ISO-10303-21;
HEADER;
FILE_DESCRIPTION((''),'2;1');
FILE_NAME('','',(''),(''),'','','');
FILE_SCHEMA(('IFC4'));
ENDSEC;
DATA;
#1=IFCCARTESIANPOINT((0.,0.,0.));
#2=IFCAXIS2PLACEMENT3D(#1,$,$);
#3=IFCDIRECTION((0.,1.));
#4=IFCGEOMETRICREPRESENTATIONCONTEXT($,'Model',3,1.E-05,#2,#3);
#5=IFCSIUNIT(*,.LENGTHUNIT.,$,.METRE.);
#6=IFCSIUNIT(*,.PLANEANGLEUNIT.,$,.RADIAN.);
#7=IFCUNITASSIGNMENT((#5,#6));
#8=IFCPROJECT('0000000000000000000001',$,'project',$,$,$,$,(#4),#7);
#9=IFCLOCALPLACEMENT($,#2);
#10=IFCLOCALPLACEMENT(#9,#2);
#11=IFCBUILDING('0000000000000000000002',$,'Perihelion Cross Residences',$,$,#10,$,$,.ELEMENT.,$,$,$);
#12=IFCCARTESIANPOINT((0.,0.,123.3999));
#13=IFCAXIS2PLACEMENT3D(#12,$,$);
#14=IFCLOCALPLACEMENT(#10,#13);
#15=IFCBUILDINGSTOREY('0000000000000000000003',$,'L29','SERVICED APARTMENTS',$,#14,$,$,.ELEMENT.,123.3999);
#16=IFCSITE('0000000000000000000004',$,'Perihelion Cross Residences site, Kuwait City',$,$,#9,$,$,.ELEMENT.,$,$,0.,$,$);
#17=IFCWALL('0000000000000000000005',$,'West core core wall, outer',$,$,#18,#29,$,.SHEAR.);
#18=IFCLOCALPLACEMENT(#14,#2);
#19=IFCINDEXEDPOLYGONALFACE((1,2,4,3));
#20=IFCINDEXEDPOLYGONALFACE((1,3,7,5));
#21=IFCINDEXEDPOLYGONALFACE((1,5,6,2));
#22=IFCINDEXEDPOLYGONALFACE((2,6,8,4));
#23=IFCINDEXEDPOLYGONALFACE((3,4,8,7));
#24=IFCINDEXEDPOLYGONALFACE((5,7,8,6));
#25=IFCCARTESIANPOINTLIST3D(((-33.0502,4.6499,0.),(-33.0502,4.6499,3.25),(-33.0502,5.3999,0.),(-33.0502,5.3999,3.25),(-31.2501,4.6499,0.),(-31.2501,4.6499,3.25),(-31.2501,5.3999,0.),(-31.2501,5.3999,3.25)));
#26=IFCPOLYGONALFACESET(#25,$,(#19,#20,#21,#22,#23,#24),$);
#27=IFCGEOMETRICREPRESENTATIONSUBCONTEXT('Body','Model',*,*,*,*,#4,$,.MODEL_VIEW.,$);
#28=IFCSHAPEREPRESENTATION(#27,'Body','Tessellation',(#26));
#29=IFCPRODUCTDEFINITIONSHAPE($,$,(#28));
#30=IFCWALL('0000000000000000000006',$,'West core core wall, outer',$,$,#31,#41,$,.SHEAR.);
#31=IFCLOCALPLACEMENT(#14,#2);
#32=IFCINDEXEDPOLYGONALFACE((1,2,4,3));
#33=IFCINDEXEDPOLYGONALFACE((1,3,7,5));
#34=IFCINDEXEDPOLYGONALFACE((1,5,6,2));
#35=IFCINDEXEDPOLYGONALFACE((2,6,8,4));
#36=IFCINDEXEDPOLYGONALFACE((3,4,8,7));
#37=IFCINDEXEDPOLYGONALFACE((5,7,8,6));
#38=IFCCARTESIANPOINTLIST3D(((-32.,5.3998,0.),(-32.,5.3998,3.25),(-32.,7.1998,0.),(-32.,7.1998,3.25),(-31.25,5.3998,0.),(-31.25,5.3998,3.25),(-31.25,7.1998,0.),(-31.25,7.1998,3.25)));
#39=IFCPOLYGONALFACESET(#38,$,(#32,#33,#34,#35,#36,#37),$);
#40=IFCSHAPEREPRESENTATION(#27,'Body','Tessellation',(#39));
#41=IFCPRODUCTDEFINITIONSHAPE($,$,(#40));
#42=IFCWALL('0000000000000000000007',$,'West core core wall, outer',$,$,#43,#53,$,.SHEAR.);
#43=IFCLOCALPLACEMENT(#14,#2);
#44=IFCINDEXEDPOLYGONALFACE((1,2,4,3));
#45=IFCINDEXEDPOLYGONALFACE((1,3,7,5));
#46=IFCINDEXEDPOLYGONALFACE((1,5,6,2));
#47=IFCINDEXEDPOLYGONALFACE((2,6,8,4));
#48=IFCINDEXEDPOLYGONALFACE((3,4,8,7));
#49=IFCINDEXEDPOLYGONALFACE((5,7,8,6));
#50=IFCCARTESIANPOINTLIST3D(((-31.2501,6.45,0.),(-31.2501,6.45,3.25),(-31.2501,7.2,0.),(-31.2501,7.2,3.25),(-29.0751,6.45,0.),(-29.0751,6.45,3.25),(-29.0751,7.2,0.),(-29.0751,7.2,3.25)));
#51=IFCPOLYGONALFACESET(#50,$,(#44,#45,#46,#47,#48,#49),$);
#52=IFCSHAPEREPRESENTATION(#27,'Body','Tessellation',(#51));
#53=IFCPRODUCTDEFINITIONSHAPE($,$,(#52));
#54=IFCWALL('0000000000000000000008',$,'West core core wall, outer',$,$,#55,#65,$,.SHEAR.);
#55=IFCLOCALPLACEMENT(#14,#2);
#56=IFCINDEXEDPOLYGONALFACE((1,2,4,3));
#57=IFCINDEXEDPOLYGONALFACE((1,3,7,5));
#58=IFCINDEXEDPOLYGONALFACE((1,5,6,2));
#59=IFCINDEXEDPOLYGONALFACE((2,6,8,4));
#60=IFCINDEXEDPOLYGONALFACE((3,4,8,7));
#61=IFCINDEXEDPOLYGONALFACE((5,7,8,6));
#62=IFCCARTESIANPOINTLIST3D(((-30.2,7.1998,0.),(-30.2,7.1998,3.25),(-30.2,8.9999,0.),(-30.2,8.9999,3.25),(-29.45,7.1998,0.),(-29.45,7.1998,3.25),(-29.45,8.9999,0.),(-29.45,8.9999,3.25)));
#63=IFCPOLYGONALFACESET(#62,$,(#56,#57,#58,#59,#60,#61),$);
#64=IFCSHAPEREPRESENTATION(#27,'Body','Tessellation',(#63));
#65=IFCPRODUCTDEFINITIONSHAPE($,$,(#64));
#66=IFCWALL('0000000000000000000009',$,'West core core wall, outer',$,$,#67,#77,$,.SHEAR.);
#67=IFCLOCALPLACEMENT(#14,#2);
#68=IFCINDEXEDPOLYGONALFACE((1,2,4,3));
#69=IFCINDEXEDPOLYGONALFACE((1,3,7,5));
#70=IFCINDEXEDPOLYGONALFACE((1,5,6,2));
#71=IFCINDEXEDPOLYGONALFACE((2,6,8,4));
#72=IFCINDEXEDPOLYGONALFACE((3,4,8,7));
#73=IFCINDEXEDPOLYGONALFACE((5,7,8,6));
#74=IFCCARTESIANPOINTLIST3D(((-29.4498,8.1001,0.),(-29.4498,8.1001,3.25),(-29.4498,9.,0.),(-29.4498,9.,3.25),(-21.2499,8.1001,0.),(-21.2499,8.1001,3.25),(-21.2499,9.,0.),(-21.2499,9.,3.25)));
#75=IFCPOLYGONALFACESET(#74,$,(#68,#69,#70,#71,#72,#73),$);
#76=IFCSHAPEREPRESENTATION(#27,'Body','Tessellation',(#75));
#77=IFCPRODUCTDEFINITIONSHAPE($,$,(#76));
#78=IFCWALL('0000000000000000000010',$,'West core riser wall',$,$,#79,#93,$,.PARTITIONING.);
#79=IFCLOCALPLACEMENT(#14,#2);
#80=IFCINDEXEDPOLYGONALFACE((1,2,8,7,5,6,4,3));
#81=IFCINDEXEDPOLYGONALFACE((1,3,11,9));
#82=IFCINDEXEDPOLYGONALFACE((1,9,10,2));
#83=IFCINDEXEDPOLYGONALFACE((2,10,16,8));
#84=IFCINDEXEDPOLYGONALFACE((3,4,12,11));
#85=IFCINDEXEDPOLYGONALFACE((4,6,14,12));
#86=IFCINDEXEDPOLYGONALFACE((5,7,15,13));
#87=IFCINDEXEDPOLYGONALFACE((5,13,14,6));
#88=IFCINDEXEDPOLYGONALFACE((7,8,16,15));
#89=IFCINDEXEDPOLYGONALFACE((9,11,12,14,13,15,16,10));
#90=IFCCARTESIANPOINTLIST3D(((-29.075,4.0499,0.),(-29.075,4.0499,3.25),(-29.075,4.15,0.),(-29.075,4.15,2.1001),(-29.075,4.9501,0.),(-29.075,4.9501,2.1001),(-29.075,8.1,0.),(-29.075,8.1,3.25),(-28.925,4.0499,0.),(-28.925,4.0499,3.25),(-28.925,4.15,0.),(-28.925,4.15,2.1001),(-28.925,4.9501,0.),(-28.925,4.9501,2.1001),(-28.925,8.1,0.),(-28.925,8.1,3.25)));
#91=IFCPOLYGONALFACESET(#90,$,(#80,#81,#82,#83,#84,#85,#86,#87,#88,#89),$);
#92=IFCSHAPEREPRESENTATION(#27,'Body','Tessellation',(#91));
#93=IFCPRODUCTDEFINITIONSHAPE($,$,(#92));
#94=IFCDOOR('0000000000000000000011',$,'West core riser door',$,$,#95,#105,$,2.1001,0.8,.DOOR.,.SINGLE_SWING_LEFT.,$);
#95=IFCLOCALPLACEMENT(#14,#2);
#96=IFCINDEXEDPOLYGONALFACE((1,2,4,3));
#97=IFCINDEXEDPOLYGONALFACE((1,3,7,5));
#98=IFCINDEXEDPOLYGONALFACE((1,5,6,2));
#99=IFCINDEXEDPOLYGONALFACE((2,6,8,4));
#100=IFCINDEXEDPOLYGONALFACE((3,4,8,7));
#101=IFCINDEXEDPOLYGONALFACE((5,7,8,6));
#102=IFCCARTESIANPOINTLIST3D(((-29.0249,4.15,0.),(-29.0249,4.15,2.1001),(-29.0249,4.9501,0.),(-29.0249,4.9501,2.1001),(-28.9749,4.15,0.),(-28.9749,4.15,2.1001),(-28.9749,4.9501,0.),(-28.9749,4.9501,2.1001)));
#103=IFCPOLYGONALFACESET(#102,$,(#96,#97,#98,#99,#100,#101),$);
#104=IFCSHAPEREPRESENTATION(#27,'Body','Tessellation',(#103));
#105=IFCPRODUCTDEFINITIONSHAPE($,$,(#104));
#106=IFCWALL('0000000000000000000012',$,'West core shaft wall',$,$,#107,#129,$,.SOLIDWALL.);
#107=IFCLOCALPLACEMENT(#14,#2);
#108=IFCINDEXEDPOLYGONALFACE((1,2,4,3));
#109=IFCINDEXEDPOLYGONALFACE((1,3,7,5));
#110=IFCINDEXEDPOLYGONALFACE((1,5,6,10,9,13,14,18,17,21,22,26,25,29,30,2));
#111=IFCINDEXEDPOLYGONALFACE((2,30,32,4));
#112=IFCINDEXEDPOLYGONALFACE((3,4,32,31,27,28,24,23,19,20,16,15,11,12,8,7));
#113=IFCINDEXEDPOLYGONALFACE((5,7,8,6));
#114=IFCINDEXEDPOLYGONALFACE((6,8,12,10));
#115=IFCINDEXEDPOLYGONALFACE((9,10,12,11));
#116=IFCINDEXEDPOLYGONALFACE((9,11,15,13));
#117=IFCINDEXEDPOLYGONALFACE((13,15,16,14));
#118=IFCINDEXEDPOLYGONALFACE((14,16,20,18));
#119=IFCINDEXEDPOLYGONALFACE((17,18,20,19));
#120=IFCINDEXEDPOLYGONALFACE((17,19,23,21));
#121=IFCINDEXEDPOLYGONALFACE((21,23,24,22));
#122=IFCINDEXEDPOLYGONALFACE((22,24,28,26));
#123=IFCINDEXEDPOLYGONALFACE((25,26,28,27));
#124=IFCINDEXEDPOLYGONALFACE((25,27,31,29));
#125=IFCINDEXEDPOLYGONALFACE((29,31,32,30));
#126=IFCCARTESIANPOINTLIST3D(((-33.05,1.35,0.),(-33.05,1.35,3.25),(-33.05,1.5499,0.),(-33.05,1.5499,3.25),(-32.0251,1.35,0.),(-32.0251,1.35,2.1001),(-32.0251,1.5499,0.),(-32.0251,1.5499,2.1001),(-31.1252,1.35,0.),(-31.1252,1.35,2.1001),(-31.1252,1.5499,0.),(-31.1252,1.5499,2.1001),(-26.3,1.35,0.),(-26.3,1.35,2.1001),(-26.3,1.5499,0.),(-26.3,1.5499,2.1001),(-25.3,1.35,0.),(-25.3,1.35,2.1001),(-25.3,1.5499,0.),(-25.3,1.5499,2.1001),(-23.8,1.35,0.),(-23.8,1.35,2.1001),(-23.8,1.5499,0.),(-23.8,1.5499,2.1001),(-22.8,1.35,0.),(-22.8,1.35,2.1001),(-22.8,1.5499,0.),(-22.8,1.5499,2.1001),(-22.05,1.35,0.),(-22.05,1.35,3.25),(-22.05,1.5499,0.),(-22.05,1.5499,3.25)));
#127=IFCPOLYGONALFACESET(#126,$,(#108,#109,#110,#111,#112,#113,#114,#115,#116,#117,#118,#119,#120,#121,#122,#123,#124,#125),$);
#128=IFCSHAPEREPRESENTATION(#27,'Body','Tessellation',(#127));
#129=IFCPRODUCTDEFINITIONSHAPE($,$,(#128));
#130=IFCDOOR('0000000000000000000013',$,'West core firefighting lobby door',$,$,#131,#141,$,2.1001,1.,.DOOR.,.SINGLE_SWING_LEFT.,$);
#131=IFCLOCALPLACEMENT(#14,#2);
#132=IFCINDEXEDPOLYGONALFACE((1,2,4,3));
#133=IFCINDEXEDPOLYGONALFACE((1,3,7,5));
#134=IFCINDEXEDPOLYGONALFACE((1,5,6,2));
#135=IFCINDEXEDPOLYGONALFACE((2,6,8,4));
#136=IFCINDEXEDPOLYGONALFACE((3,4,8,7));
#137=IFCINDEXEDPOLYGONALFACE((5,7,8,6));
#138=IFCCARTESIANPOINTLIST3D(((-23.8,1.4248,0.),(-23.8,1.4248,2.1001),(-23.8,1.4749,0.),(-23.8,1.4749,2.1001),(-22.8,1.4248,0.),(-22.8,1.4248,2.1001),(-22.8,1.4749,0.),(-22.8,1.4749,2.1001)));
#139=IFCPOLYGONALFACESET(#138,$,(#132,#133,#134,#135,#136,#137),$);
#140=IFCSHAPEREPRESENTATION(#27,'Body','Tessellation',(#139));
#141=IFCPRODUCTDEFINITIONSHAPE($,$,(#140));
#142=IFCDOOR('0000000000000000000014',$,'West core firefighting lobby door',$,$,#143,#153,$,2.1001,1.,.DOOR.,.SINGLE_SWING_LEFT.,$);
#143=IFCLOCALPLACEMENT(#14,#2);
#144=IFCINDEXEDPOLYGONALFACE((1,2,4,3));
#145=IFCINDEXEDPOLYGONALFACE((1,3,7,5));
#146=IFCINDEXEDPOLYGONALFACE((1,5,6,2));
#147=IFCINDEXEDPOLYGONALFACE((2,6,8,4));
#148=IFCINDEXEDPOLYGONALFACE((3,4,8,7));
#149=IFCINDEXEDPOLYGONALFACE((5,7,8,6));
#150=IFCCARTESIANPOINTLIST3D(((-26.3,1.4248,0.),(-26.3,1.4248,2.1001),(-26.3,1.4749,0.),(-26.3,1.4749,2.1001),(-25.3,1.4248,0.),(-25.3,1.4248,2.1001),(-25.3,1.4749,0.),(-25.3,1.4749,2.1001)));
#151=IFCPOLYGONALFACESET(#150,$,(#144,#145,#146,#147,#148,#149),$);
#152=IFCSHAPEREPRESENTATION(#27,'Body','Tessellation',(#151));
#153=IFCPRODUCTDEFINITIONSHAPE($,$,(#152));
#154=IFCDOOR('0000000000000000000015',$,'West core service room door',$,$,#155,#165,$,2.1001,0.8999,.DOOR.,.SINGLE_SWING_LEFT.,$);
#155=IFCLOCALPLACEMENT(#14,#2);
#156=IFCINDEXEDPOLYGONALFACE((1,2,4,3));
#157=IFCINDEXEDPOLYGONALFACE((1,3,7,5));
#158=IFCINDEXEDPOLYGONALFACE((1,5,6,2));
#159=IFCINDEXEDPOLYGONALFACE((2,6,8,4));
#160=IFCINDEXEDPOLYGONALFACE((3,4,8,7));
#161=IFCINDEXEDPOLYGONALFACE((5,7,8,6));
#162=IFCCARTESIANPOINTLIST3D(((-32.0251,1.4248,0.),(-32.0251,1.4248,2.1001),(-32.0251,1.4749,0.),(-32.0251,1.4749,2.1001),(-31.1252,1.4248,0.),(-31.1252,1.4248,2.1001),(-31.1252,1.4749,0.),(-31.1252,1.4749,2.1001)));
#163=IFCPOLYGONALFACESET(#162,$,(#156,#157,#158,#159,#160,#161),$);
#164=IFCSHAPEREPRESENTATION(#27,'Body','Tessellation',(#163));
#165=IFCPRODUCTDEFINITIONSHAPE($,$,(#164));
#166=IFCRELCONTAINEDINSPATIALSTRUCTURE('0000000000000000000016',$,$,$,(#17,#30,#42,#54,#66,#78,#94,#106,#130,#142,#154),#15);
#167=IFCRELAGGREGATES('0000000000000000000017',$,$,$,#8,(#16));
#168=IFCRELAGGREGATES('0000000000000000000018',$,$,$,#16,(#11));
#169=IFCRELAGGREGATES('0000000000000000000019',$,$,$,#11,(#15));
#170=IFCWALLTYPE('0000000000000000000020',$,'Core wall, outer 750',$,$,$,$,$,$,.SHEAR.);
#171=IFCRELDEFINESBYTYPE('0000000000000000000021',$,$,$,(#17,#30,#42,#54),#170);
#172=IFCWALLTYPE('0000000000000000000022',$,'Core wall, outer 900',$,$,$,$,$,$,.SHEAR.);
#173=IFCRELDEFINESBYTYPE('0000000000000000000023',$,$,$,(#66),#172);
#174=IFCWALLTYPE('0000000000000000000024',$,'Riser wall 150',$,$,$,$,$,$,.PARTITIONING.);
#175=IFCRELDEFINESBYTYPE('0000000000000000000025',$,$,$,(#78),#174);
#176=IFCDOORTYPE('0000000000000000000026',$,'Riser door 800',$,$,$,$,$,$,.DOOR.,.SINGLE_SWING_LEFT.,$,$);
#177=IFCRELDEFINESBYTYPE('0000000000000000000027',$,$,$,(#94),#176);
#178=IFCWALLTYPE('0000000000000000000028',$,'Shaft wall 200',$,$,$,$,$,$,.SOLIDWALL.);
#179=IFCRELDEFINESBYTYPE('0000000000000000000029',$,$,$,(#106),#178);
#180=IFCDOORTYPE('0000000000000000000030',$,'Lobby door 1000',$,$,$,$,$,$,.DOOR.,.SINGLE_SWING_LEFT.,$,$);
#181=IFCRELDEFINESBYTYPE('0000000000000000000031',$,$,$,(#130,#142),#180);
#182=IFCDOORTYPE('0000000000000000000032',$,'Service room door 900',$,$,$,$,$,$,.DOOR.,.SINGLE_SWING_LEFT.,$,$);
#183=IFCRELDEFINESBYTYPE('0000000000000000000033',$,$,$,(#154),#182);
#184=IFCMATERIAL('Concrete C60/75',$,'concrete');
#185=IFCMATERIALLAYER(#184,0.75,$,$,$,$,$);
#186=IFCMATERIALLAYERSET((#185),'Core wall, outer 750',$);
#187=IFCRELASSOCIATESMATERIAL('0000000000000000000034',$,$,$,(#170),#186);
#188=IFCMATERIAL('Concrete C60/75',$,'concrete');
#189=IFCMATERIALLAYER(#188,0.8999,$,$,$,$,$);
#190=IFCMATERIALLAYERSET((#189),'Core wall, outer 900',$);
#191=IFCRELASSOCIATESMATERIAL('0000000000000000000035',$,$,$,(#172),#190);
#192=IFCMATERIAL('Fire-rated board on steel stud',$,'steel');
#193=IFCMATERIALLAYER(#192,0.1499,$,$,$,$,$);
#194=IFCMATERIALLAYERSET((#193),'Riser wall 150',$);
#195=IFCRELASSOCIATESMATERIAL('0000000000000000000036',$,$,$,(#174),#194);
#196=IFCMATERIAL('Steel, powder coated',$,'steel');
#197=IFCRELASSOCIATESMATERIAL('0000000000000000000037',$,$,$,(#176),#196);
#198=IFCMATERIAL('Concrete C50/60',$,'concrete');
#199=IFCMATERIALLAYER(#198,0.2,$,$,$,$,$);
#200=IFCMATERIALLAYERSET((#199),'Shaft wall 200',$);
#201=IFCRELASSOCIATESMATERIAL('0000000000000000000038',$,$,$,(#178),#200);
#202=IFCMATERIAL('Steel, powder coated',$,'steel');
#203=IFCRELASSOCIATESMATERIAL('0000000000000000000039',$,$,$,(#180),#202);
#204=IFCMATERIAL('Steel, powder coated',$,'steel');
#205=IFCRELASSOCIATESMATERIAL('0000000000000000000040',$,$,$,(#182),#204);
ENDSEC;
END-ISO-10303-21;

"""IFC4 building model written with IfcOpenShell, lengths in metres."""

from ifc_helpers import new_model, si_unit, direction, frame, frame_2d, origin, place, context, subcontext, project, spatial, rectangle, extrude, material, layer, layer_set, type_object, element, fill, save


model = new_model("IFC4")

# Units and contexts
model_context = context("Model", 3, precision=1e-05, world=origin(), true_north=direction((0.0, 1.0)))
body_context = subcontext(model_context, "Body", "Model", "MODEL_VIEW")
ifc_project = project(units=[si_unit("LENGTHUNIT", "METRE"), si_unit("PLANEANGLEUNIT", "RADIAN")], contexts=[model_context])

# Site, building, storey
site_placement = place(None, origin())
site = spatial("IfcSite", under=ifc_project, at=site_placement, Name="Perihelion Cross Residences site, Kuwait City", CompositionType="ELEMENT", RefElevation=0.0)
building_placement = place(site_placement, origin())
building = spatial("IfcBuilding", under=site, at=building_placement, Name="Perihelion Cross Residences", CompositionType="ELEMENT")
storey_placement = place(building_placement, frame((0.0, 0.0, 123.3999)))
storey = spatial("IfcBuildingStorey", under=building, at=storey_placement, Name="L29", Description="SERVICED APARTMENTS", CompositionType="ELEMENT", Elevation=123.3999)

# Walls
ifc_material_1 = material(Name="Concrete C60/75", Category="concrete")
ifc_layer_1 = layer(ifc_material_1, 0.75)
ifc_layer_set_1 = layer_set([ifc_layer_1], Name="Core wall, outer 750")
wall_type_1 = type_object("IfcWallType", Name="Core wall, outer 750", PredefinedType="SHEAR", material=ifc_layer_set_1)
for number, where, z_axis, x_axis, name in (
    (1, (-33.05, 5.0249, 0.0), (0.0, 0.0, 1.0), (1.0, 0.0, 0.0), "West core core wall, outer"),
    (2, (-31.625, 5.3999, 0.0), (0.0, 0.0, 1.0), (0.0, 1.0, 0.0), "West core core wall, outer"),
):
    element("IfcWall", number, at=place(storey_placement, frame(where, z_axis=z_axis, x_axis=x_axis)), inside=storey, type_object=wall_type_1, Name=name, PredefinedType="SHEAR", context=body_context, shape_type="SweptSolid", body=[
        extrude(rectangle(XDim=1.8, YDim=0.75, at=frame_2d((0.8999, 0.0))), origin(), (0.0, 0.0, 1.0), 3.25),
    ])
wall_1_placement = place(storey_placement, frame((-31.25, 6.825, 0.0), z_axis=(0.0, 0.0, 1.0), x_axis=(1.0, 0.0, 0.0)))
element("IfcWall", 3, at=wall_1_placement, inside=storey, type_object=wall_type_1, Name="West core core wall, outer", PredefinedType="SHEAR", context=body_context, shape_type="SweptSolid", body=[
    extrude(rectangle(XDim=2.175, YDim=0.75, at=frame_2d((1.0874, 0.0))), origin(), (0.0, 0.0, 1.0), 3.25),
])
wall_2_placement = place(storey_placement, frame((-29.825, 7.2, 0.0), z_axis=(0.0, 0.0, 1.0), x_axis=(0.0, 1.0, 0.0)))
element("IfcWall", 4, at=wall_2_placement, inside=storey, type_object=wall_type_1, Name="West core core wall, outer", PredefinedType="SHEAR", context=body_context, shape_type="SweptSolid", body=[
    extrude(rectangle(XDim=1.8, YDim=0.75, at=frame_2d((0.8999, 0.0))), origin(), (0.0, 0.0, 1.0), 3.25),
])
ifc_material_2 = material(Name="Concrete C60/75", Category="concrete")
ifc_layer_2 = layer(ifc_material_2, 0.8999)
ifc_layer_set_2 = layer_set([ifc_layer_2], Name="Core wall, outer 900")
wall_type_2 = type_object("IfcWallType", Name="Core wall, outer 900", PredefinedType="SHEAR", material=ifc_layer_set_2)
wall_3_placement = place(storey_placement, frame((-29.45, 8.55, 0.0), z_axis=(0.0, 0.0, 1.0), x_axis=(1.0, 0.0, 0.0)))
element("IfcWall", 5, at=wall_3_placement, inside=storey, type_object=wall_type_2, Name="West core core wall, outer", PredefinedType="SHEAR", context=body_context, shape_type="SweptSolid", body=[
    extrude(rectangle(XDim=8.2, YDim=0.8999, at=frame_2d((4.1001, 0.0))), origin(), (0.0, 0.0, 1.0), 3.25),
])

# Wall, opening, door
ifc_material_3 = material(Name="Fire-rated board on steel stud", Category="steel")
ifc_layer_3 = layer(ifc_material_3, 0.1499)
ifc_layer_set_3 = layer_set([ifc_layer_3], Name="Riser wall 150")
wall_type_3 = type_object("IfcWallType", Name="Riser wall 150", PredefinedType="PARTITIONING", material=ifc_layer_set_3)
wall_4_placement = place(storey_placement, frame((-29.0, 4.05, 0.0), z_axis=(0.0, 0.0, 1.0), x_axis=(0.0, 1.0, 0.0)))
wall_4 = element("IfcWall", 6, at=wall_4_placement, inside=storey, type_object=wall_type_3, Name="West core riser wall", PredefinedType="PARTITIONING", context=body_context, shape_type="SweptSolid", body=[
    extrude(rectangle(XDim=4.05, YDim=0.1499, at=frame_2d((2.0249, 0.0))), origin(), (0.0, 0.0, 1.0), 3.25),
])
opening_1_placement = place(wall_4_placement, frame((0.1001, 0.0, 0.0)))
opening_1 = element("IfcOpeningElement", 7, at=opening_1_placement, cuts=wall_4, PredefinedType="OPENING", context=body_context, shape_type="SweptSolid", body=[
    extrude(rectangle(XDim=0.8, YDim=2.1001, at=frame_2d((0.3999, 1.05))), frame((0.0, 0.085, 0.0), z_axis=(0.0, -1.0, 0.0), x_axis=(1.0, 0.0, 0.0)), (0.0, 0.0, 1.0), 0.1699),
])
ifc_material_4 = material(Name="Steel, powder coated", Category="steel")
door_type_1 = type_object("IfcDoorType", Name="Riser door 800", OperationType="SINGLE_SWING_LEFT", PredefinedType="DOOR", material=ifc_material_4)
door_1_placement = place(opening_1_placement, origin())
door_1 = element("IfcDoor", 8, at=door_1_placement, inside=storey, type_object=door_type_1, Name="West core riser door", OperationType="SINGLE_SWING_LEFT", OverallHeight=2.1001, OverallWidth=0.8, PredefinedType="DOOR", context=body_context, shape_type="SweptSolid", body=[
    extrude(rectangle(XDim=0.8, YDim=2.1001, at=frame_2d((0.3999, 1.05))), frame((0.0, 0.0249, 0.0), z_axis=(0.0, -1.0, 0.0), x_axis=(1.0, 0.0, 0.0)), (0.0, 0.0, 1.0), 0.05),
])
fill(opening_1, door_1)

# Wall, openings, doors
ifc_material_5 = material(Name="Concrete C50/60", Category="concrete")
ifc_layer_4 = layer(ifc_material_5, 0.2)
ifc_layer_set_4 = layer_set([ifc_layer_4], Name="Shaft wall 200")
wall_type_4 = type_object("IfcWallType", Name="Shaft wall 200", PredefinedType="SOLIDWALL", material=ifc_layer_set_4)
wall_5_placement = place(storey_placement, frame((-33.05, 1.45, 0.0), z_axis=(0.0, 0.0, 1.0), x_axis=(1.0, 0.0, 0.0)))
wall_5 = element("IfcWall", 9, at=wall_5_placement, inside=storey, type_object=wall_type_4, Name="West core shaft wall", PredefinedType="SOLIDWALL", context=body_context, shape_type="SweptSolid", body=[
    extrude(rectangle(XDim=11.0, YDim=0.2, at=frame_2d((5.5, 0.0))), origin(), (0.0, 0.0, 1.0), 3.25),
])
opening_2_placement = place(wall_5_placement, frame((9.25, 0.0, 0.0)))
opening_2 = element("IfcOpeningElement", 10, at=opening_2_placement, cuts=wall_5, PredefinedType="OPENING", context=body_context, shape_type="SweptSolid", body=[
    extrude(rectangle(XDim=1.0, YDim=2.1001, at=frame_2d((0.5, 1.05))), frame((0.0, 0.1099, 0.0), z_axis=(0.0, -1.0, 0.0), x_axis=(1.0, 0.0, 0.0)), (0.0, 0.0, 1.0), 0.22),
])
opening_3_placement = place(wall_5_placement, frame((6.75, 0.0, 0.0)))
opening_3 = element("IfcOpeningElement", 11, at=opening_3_placement, cuts=wall_5, PredefinedType="OPENING", context=body_context, shape_type="SweptSolid", body=[
    extrude(rectangle(XDim=1.0, YDim=2.1001, at=frame_2d((0.5, 1.05))), frame((0.0, 0.1099, 0.0), z_axis=(0.0, -1.0, 0.0), x_axis=(1.0, 0.0, 0.0)), (0.0, 0.0, 1.0), 0.22),
])
opening_4_placement = place(wall_5_placement, frame((1.0249, 0.0, 0.0)))
opening_4 = element("IfcOpeningElement", 12, at=opening_4_placement, cuts=wall_5, PredefinedType="OPENING", context=body_context, shape_type="SweptSolid", body=[
    extrude(rectangle(XDim=0.8999, YDim=2.1001, at=frame_2d((0.45, 1.05))), frame((0.0, 0.1099, 0.0), z_axis=(0.0, -1.0, 0.0), x_axis=(1.0, 0.0, 0.0)), (0.0, 0.0, 1.0), 0.22),
])
ifc_material_6 = material(Name="Steel, powder coated", Category="steel")
door_type_2 = type_object("IfcDoorType", Name="Lobby door 1000", OperationType="SINGLE_SWING_LEFT", PredefinedType="DOOR", material=ifc_material_6)
door_2_placement = place(opening_2_placement, origin())
door_2 = element("IfcDoor", 13, at=door_2_placement, inside=storey, type_object=door_type_2, Name="West core firefighting lobby door", OperationType="SINGLE_SWING_LEFT", OverallHeight=2.1001, OverallWidth=1.0, PredefinedType="DOOR", context=body_context, shape_type="SweptSolid", body=[
    extrude(rectangle(XDim=1.0, YDim=2.1001, at=frame_2d((0.5, 1.05))), frame((0.0, 0.0249, 0.0), z_axis=(0.0, -1.0, 0.0), x_axis=(1.0, 0.0, 0.0)), (0.0, 0.0, 1.0), 0.05),
])
fill(opening_2, door_2)
door_3_placement = place(opening_3_placement, origin())
door_3 = element("IfcDoor", 14, at=door_3_placement, inside=storey, type_object=door_type_2, Name="West core firefighting lobby door", OperationType="SINGLE_SWING_LEFT", OverallHeight=2.1001, OverallWidth=1.0, PredefinedType="DOOR", context=body_context, shape_type="SweptSolid", body=[
    extrude(rectangle(XDim=1.0, YDim=2.1001, at=frame_2d((0.5, 1.05))), frame((0.0, 0.0249, 0.0), z_axis=(0.0, -1.0, 0.0), x_axis=(1.0, 0.0, 0.0)), (0.0, 0.0, 1.0), 0.05),
])
fill(opening_3, door_3)
ifc_material_7 = material(Name="Steel, powder coated", Category="steel")
door_type_3 = type_object("IfcDoorType", Name="Service room door 900", OperationType="SINGLE_SWING_LEFT", PredefinedType="DOOR", material=ifc_material_7)
door_4_placement = place(opening_4_placement, origin())
door_4 = element("IfcDoor", 15, at=door_4_placement, inside=storey, type_object=door_type_3, Name="West core service room door", OperationType="SINGLE_SWING_LEFT", OverallHeight=2.1001, OverallWidth=0.8999, PredefinedType="DOOR", context=body_context, shape_type="SweptSolid", body=[
    extrude(rectangle(XDim=0.8999, YDim=2.1001, at=frame_2d((0.45, 1.05))), frame((0.0, 0.0249, 0.0), z_axis=(0.0, -1.0, 0.0), x_axis=(1.0, 0.0, 0.0)), (0.0, 0.0, 1.0), 0.05),
])
fill(opening_4, door_4)

save(model, "model.ifc")
